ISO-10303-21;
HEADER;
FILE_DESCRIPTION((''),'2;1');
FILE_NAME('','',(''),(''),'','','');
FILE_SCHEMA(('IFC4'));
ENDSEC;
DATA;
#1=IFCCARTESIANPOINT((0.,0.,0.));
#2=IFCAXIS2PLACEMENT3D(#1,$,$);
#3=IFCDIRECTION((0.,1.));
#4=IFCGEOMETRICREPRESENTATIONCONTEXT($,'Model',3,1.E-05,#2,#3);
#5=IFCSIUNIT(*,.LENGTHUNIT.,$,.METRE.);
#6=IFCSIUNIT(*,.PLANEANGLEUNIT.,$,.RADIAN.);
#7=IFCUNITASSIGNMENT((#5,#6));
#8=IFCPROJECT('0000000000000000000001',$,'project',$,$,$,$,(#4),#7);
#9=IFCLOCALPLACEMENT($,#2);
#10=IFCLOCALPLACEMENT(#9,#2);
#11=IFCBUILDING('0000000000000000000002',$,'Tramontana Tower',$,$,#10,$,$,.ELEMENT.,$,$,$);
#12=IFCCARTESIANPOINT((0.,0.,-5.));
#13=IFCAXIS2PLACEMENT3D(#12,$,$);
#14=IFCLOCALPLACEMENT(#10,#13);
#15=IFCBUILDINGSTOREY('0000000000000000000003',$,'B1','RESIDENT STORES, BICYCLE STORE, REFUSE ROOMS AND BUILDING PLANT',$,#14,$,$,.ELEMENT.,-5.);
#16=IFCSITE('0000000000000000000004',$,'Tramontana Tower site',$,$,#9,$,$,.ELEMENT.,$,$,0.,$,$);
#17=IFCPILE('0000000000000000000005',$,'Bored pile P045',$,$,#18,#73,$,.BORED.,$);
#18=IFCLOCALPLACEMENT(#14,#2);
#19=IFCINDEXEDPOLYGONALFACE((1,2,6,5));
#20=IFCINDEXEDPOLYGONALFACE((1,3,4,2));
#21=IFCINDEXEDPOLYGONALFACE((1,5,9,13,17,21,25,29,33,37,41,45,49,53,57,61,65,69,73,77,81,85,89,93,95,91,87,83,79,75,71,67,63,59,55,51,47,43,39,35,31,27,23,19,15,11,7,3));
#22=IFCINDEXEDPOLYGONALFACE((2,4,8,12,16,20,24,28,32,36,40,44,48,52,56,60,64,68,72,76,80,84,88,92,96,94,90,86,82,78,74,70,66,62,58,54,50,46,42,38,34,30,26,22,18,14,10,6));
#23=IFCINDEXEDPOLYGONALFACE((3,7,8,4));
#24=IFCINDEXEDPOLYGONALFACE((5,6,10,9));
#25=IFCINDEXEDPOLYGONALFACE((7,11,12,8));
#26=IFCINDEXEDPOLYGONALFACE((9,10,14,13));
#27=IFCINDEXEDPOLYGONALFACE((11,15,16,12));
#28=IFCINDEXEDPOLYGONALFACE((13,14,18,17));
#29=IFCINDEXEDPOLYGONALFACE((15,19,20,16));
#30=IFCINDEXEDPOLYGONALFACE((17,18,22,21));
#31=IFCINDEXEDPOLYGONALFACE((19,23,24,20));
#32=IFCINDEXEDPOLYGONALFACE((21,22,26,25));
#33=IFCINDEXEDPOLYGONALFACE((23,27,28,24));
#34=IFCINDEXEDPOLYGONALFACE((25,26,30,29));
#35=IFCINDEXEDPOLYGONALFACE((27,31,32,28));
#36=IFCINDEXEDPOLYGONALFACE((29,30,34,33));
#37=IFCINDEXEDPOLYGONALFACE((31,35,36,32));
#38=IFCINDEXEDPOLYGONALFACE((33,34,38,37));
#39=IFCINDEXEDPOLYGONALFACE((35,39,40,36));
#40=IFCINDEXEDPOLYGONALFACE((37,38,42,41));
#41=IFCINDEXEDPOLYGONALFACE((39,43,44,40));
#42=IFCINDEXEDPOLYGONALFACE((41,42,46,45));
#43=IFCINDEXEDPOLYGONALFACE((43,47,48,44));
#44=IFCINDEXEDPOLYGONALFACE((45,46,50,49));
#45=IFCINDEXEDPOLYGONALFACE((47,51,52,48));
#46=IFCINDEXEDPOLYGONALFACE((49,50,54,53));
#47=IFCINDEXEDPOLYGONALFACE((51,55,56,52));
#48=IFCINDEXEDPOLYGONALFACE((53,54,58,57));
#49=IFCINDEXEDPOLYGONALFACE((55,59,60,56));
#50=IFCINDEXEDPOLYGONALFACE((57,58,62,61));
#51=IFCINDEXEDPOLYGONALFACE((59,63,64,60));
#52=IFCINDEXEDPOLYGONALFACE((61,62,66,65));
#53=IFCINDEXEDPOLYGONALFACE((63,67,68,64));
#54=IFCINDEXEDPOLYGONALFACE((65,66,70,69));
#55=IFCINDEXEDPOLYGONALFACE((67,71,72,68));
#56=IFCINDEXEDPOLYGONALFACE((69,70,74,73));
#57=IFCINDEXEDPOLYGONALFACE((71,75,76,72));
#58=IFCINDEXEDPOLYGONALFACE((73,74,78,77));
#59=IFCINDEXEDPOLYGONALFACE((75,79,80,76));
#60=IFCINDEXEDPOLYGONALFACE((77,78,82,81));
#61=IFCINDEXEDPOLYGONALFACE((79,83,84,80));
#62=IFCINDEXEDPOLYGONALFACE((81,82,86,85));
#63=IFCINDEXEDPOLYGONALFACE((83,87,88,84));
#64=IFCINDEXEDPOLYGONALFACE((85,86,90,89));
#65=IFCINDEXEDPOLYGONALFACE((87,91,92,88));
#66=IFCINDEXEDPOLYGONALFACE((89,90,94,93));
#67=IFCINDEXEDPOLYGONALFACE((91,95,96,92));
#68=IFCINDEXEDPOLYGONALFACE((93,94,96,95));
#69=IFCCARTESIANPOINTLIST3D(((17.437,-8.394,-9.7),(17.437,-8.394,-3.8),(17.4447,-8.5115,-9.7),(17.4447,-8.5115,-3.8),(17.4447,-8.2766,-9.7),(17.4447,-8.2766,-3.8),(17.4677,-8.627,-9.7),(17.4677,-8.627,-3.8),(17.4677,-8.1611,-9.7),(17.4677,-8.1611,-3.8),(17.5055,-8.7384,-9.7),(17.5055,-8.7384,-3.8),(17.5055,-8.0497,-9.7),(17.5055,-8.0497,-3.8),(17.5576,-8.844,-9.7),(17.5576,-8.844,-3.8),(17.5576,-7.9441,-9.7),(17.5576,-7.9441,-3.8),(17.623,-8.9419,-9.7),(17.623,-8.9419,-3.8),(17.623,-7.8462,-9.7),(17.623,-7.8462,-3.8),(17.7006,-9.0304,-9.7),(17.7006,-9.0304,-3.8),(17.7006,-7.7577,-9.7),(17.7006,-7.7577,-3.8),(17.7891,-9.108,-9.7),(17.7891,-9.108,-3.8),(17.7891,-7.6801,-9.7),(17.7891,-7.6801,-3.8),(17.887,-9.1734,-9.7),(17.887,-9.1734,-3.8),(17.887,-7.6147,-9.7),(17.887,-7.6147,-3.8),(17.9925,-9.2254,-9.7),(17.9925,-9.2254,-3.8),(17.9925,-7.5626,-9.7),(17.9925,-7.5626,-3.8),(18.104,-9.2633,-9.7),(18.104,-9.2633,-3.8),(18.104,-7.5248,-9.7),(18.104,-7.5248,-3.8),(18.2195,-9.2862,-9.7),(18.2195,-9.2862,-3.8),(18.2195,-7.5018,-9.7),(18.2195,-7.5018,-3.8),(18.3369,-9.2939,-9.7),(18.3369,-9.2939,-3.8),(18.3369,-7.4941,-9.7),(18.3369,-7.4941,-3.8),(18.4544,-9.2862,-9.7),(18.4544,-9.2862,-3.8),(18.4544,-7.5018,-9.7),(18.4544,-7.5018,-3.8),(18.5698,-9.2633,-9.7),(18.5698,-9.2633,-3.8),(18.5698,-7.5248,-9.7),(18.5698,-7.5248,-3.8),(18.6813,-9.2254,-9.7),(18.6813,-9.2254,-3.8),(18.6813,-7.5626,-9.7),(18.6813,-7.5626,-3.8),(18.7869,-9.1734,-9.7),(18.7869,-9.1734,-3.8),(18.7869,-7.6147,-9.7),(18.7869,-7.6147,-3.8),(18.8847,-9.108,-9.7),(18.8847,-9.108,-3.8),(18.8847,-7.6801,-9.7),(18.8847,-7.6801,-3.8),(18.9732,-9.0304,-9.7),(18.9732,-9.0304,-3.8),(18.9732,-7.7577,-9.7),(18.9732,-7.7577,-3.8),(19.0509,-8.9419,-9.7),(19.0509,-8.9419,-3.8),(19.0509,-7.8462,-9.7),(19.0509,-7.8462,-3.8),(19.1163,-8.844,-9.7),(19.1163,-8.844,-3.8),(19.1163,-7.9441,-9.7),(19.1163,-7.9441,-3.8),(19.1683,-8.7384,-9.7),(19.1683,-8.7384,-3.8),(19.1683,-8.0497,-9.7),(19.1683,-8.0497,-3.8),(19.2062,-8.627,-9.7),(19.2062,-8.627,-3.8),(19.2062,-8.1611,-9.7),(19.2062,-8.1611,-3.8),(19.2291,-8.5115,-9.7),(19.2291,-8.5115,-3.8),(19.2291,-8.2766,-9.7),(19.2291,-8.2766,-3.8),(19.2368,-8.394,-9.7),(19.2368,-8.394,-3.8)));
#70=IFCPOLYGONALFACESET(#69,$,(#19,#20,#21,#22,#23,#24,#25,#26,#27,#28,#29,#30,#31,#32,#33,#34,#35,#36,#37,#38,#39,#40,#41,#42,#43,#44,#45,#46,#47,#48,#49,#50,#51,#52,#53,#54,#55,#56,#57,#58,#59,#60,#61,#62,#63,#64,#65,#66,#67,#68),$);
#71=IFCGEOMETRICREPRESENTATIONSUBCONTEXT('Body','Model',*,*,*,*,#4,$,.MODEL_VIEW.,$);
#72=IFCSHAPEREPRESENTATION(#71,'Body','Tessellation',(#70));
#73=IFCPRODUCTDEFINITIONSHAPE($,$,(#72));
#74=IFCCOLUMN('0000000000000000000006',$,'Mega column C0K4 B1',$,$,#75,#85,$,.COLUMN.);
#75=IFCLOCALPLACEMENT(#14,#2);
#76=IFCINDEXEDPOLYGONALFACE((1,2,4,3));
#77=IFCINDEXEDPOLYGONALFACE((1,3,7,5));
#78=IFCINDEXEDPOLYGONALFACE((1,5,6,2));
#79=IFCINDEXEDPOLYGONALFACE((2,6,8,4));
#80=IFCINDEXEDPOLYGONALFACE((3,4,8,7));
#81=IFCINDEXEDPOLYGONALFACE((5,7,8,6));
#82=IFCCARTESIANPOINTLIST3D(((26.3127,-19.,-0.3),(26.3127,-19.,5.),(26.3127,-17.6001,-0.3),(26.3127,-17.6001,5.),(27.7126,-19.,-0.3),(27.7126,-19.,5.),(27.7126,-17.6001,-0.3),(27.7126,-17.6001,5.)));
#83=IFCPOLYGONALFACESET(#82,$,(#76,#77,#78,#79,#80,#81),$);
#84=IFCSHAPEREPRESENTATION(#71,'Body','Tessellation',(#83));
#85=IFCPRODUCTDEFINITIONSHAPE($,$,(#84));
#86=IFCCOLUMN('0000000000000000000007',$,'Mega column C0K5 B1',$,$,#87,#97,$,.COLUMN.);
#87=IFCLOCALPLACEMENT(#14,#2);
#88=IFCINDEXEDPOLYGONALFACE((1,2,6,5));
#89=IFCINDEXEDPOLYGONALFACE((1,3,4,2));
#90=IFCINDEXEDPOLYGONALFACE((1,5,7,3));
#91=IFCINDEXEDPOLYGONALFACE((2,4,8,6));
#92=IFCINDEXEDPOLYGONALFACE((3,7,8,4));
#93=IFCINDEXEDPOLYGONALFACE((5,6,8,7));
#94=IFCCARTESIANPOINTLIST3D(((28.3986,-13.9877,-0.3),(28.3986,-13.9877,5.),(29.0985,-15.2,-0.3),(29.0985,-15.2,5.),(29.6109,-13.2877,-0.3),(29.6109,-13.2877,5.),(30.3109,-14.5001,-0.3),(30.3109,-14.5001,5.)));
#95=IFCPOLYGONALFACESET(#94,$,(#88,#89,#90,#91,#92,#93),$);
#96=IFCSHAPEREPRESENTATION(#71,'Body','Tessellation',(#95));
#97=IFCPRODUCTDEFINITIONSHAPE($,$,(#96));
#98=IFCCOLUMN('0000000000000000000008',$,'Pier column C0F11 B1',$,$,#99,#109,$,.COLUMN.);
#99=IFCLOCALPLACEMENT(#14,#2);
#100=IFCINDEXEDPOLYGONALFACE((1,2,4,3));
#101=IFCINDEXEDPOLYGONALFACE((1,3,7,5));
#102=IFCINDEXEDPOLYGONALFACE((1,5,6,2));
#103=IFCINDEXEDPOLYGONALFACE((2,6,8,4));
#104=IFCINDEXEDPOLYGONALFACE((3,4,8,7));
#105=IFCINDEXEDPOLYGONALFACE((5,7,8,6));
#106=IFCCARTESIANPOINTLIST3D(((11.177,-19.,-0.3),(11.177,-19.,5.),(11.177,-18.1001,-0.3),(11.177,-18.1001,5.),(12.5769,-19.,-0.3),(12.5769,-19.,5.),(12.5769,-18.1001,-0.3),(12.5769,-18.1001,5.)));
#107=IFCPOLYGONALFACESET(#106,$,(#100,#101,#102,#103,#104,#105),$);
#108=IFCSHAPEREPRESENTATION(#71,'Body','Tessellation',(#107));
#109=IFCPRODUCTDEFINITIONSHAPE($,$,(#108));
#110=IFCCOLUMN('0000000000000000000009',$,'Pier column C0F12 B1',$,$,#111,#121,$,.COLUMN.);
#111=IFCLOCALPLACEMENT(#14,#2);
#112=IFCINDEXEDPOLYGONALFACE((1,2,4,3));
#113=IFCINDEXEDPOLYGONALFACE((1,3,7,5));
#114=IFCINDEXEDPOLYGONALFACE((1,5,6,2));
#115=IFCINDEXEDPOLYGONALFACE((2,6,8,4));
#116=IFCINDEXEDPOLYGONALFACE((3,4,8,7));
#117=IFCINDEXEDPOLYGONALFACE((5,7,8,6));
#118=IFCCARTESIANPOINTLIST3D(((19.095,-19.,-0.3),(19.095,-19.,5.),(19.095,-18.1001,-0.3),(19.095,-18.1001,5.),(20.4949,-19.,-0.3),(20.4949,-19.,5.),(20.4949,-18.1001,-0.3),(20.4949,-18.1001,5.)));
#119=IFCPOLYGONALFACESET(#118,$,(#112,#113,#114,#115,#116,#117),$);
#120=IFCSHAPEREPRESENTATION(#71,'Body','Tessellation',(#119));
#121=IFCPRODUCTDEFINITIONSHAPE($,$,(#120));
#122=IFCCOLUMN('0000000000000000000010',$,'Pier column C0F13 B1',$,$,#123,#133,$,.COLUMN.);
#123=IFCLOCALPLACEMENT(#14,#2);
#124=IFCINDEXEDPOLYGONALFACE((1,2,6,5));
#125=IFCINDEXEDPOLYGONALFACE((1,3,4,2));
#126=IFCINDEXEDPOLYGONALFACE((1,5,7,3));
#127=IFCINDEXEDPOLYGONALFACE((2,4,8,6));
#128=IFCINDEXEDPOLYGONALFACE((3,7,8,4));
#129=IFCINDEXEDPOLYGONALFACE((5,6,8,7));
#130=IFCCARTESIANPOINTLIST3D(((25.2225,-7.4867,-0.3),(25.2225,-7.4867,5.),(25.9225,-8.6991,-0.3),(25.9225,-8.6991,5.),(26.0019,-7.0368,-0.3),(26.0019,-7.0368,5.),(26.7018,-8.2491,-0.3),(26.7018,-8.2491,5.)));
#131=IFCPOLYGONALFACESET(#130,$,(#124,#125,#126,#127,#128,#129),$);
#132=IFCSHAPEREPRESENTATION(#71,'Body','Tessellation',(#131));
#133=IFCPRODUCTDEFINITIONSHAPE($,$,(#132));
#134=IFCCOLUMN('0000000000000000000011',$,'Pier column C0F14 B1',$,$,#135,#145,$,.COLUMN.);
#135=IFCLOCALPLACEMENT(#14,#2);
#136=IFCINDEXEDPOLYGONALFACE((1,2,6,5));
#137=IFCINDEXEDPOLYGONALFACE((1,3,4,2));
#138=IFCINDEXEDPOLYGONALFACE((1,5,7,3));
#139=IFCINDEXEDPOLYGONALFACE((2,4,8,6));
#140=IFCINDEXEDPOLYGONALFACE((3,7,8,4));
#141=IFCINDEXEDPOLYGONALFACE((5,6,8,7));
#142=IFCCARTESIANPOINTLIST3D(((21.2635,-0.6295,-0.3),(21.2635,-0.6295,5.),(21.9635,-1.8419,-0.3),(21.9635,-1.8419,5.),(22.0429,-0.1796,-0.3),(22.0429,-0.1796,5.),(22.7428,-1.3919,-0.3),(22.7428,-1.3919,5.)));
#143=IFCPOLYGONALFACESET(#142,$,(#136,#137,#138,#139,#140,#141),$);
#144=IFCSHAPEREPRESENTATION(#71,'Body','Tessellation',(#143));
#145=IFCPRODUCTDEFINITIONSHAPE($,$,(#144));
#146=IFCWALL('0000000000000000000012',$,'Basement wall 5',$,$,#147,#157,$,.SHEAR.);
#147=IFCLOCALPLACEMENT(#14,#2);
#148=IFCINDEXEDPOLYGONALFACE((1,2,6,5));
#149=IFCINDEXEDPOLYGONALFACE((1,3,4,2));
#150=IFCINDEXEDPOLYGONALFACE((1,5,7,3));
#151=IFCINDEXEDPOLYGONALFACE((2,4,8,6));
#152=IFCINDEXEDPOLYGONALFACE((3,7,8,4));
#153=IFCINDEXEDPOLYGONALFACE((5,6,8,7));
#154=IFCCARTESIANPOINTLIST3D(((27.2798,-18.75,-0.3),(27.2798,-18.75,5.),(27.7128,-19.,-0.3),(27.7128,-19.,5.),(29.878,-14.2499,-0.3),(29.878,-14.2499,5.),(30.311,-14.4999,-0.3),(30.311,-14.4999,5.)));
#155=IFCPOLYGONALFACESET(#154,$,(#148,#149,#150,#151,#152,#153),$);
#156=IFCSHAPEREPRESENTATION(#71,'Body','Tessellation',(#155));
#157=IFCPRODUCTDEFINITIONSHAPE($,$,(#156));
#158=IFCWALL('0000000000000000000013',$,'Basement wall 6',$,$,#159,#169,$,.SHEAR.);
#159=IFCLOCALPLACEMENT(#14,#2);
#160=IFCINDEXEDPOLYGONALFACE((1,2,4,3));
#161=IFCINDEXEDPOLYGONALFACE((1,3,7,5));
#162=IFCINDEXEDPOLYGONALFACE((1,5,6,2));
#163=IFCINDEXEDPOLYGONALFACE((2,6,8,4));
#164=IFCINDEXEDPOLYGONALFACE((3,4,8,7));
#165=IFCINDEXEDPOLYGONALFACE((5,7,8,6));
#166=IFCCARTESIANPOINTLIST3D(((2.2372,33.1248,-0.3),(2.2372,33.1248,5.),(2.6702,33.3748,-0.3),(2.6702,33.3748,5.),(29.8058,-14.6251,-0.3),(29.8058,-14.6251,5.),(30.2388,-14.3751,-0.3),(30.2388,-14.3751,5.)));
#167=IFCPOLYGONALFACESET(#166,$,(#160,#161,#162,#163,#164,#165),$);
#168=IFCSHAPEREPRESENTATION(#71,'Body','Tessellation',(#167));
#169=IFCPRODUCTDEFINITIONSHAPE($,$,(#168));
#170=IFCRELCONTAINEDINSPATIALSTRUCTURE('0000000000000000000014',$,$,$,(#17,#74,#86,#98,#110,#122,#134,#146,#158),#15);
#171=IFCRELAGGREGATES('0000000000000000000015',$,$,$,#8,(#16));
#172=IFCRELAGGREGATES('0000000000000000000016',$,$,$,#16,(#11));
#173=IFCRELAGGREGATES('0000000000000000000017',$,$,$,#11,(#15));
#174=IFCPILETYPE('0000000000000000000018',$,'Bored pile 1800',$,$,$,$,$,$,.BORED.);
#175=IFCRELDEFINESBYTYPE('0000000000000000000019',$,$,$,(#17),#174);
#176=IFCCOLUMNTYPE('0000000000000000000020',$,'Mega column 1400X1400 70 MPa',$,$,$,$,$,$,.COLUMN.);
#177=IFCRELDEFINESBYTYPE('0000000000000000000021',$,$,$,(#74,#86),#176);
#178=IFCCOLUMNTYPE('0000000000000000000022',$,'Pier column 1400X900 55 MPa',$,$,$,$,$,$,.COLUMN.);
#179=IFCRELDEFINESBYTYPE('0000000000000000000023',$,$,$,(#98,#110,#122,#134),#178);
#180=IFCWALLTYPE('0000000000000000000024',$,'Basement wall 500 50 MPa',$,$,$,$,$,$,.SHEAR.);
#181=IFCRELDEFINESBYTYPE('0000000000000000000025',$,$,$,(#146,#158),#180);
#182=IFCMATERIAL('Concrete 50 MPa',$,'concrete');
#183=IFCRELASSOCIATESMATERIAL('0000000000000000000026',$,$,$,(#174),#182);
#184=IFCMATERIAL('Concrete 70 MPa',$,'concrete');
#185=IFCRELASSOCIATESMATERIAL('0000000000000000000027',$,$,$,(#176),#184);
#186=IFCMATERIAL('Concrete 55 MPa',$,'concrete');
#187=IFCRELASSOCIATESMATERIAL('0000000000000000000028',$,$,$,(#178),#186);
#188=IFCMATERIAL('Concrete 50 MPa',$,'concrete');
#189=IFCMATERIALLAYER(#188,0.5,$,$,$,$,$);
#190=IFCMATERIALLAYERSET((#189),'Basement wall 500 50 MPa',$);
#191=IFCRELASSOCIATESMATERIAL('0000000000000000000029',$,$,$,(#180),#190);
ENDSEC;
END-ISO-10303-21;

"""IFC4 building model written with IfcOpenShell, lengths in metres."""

from ifc_helpers import new_model, si_unit, direction, frame, frame_2d, origin, origin_2d, place, context, subcontext, project, spatial, rectangle, circle, extrude, material, layer, layer_set, material_profile, profile_set, type_object, element, save


model = new_model("IFC4")

# Units and contexts
model_context = context("Model", 3, precision=1e-05, world=origin(), true_north=direction((0.0, 1.0)))
body_context = subcontext(model_context, "Body", "Model", "MODEL_VIEW")
ifc_project = project(units=[si_unit("LENGTHUNIT", "METRE"), si_unit("PLANEANGLEUNIT", "RADIAN")], contexts=[model_context])

# Site, building, storey
site_placement = place(None, origin())
site = spatial("IfcSite", under=ifc_project, at=site_placement, Name="Tramontana Tower site", CompositionType="ELEMENT", RefElevation=0.0)
building_placement = place(site_placement, origin())
building = spatial("IfcBuilding", under=site, at=building_placement, Name="Tramontana Tower", CompositionType="ELEMENT")
storey_placement = place(building_placement, frame((0.0, 0.0, -5.0)))
storey = spatial("IfcBuildingStorey", under=building, at=storey_placement, Name="B1", Description="RESIDENT STORES, BICYCLE STORE, REFUSE ROOMS AND BUILDING PLANT", CompositionType="ELEMENT", Elevation=-5.0)

# Pile
ifc_material_1 = material(Name="Concrete 50 MPa", Category="concrete")
ifc_material_profile_1 = material_profile(ifc_material_1, circle(Radius=0.8999, at=origin_2d()), Name="Bored pile 1800")
ifc_profile_set_1 = profile_set([ifc_material_profile_1], Name="Concrete 50 MPa")
pile_type = type_object("IfcPileType", Name="Bored pile 1800", PredefinedType="BORED", material=ifc_profile_set_1)
for number, where, z_axis, x_axis, name in (
    (1, (18.3369, -8.394, -3.8), (0.0, 0.0, -1.0), (1.0, 0.0, 0.0), "Bored pile P045"),
):
    element("IfcPile", number, at=place(storey_placement, frame(where, z_axis=z_axis, x_axis=x_axis)), inside=storey, type_object=pile_type, Name=name, PredefinedType="BORED", context=body_context, shape_type="SweptSolid", body=[
        extrude(circle(Radius=0.8999, at=origin_2d()), origin(), (0.0, 0.0, 1.0), 5.8999),
    ])

# Columns
ifc_material_2 = material(Name="Concrete 70 MPa", Category="concrete")
ifc_material_profile_2 = material_profile(ifc_material_2, rectangle(XDim=1.3999, YDim=1.3999, at=origin_2d()), Name="Mega column 1400X1400 70 MPa")
ifc_profile_set_2 = profile_set([ifc_material_profile_2], Name="Concrete 70 MPa")
column_type_1 = type_object("IfcColumnType", Name="Mega column 1400X1400 70 MPa", PredefinedType="COLUMN", material=ifc_profile_set_2)
for number, where, z_axis, x_axis, name in (
    (2, (27.0127, -18.3, -0.3), (0.0, 0.0, 1.0), (1.0, 0.0, 0.0), "Mega column C0K4 B1"),
    (3, (29.3547, -14.2439, -0.3), (0.0, 0.0, 1.0), (-0.5, 0.866025, 0.0), "Mega column C0K5 B1"),
):
    element("IfcColumn", number, at=place(storey_placement, frame(where, z_axis=z_axis, x_axis=x_axis)), inside=storey, type_object=column_type_1, Name=name, PredefinedType="COLUMN", context=body_context, shape_type="SweptSolid", body=[
        extrude(rectangle(XDim=1.3999, YDim=1.3999, at=origin_2d()), origin(), (0.0, 0.0, 1.0), 5.3),
    ])
ifc_material_3 = material(Name="Concrete 55 MPa", Category="concrete")
ifc_material_profile_3 = material_profile(ifc_material_3, rectangle(XDim=1.3999, YDim=0.8999, at=origin_2d()), Name="Pier column 1400X900 55 MPa")
ifc_profile_set_3 = profile_set([ifc_material_profile_3], Name="Concrete 55 MPa")
column_type_2 = type_object("IfcColumnType", Name="Pier column 1400X900 55 MPa", PredefinedType="COLUMN", material=ifc_profile_set_3)
for number, where, z_axis, x_axis, name in (
    (4, (11.877, -18.55, -0.3), (0.0, 0.0, 1.0), (1.0, 0.0, 0.0), "Pier column C0F11 B1"),
    (5, (19.7949, -18.55, -0.3), (0.0, 0.0, 1.0), (1.0, 0.0, 0.0), "Pier column C0F12 B1"),
    (6, (25.9622, -7.8679, -0.3), (0.0, 0.0, 1.0), (-0.5, 0.866025, 0.0), "Pier column C0F13 B1"),
    (7, (22.0032, -1.0107, -0.3), (0.0, 0.0, 1.0), (-0.5, 0.866025, 0.0), "Pier column C0F14 B1"),
):
    element("IfcColumn", number, at=place(storey_placement, frame(where, z_axis=z_axis, x_axis=x_axis)), inside=storey, type_object=column_type_2, Name=name, PredefinedType="COLUMN", context=body_context, shape_type="SweptSolid", body=[
        extrude(rectangle(XDim=1.3999, YDim=0.8999, at=origin_2d()), origin(), (0.0, 0.0, 1.0), 5.3),
    ])

# Walls
ifc_material_4 = material(Name="Concrete 50 MPa", Category="concrete")
ifc_layer_1 = layer(ifc_material_4, 0.5)
ifc_layer_set_1 = layer_set([ifc_layer_1], Name="Basement wall 500 50 MPa")
wall_type_1 = type_object("IfcWallType", Name="Basement wall 500 50 MPa", PredefinedType="SHEAR", material=ifc_layer_set_1)
wall_1_placement = place(storey_placement, frame((27.4963, -18.875, -0.3), z_axis=(0.0, 0.0, 1.0), x_axis=(0.50001, 0.86602, 0.0)))
element("IfcWall", 8, at=wall_1_placement, inside=storey, type_object=wall_type_1, Name="Basement wall 5", PredefinedType="SHEAR", context=body_context, shape_type="SweptSolid", body=[
    extrude(rectangle(XDim=5.1963, YDim=0.5, at=frame_2d((2.5981, 0.0))), origin(), (0.0, 0.0, 1.0), 5.3),
])
wall_2_placement = place(storey_placement, frame((30.0222, -14.5, -0.3), z_axis=(0.0, 0.0, 1.0), x_axis=(-0.500002, 0.866024, 0.0)))
element("IfcWall", 9, at=wall_2_placement, inside=storey, type_object=wall_type_1, Name="Basement wall 6", PredefinedType="SHEAR", context=body_context, shape_type="SweptSolid", body=[
    extrude(rectangle(XDim=55.137, YDim=0.5, at=frame_2d((27.5684, 0.0))), origin(), (0.0, 0.0, 1.0), 5.3),
])

save(model, "model.ifc")
